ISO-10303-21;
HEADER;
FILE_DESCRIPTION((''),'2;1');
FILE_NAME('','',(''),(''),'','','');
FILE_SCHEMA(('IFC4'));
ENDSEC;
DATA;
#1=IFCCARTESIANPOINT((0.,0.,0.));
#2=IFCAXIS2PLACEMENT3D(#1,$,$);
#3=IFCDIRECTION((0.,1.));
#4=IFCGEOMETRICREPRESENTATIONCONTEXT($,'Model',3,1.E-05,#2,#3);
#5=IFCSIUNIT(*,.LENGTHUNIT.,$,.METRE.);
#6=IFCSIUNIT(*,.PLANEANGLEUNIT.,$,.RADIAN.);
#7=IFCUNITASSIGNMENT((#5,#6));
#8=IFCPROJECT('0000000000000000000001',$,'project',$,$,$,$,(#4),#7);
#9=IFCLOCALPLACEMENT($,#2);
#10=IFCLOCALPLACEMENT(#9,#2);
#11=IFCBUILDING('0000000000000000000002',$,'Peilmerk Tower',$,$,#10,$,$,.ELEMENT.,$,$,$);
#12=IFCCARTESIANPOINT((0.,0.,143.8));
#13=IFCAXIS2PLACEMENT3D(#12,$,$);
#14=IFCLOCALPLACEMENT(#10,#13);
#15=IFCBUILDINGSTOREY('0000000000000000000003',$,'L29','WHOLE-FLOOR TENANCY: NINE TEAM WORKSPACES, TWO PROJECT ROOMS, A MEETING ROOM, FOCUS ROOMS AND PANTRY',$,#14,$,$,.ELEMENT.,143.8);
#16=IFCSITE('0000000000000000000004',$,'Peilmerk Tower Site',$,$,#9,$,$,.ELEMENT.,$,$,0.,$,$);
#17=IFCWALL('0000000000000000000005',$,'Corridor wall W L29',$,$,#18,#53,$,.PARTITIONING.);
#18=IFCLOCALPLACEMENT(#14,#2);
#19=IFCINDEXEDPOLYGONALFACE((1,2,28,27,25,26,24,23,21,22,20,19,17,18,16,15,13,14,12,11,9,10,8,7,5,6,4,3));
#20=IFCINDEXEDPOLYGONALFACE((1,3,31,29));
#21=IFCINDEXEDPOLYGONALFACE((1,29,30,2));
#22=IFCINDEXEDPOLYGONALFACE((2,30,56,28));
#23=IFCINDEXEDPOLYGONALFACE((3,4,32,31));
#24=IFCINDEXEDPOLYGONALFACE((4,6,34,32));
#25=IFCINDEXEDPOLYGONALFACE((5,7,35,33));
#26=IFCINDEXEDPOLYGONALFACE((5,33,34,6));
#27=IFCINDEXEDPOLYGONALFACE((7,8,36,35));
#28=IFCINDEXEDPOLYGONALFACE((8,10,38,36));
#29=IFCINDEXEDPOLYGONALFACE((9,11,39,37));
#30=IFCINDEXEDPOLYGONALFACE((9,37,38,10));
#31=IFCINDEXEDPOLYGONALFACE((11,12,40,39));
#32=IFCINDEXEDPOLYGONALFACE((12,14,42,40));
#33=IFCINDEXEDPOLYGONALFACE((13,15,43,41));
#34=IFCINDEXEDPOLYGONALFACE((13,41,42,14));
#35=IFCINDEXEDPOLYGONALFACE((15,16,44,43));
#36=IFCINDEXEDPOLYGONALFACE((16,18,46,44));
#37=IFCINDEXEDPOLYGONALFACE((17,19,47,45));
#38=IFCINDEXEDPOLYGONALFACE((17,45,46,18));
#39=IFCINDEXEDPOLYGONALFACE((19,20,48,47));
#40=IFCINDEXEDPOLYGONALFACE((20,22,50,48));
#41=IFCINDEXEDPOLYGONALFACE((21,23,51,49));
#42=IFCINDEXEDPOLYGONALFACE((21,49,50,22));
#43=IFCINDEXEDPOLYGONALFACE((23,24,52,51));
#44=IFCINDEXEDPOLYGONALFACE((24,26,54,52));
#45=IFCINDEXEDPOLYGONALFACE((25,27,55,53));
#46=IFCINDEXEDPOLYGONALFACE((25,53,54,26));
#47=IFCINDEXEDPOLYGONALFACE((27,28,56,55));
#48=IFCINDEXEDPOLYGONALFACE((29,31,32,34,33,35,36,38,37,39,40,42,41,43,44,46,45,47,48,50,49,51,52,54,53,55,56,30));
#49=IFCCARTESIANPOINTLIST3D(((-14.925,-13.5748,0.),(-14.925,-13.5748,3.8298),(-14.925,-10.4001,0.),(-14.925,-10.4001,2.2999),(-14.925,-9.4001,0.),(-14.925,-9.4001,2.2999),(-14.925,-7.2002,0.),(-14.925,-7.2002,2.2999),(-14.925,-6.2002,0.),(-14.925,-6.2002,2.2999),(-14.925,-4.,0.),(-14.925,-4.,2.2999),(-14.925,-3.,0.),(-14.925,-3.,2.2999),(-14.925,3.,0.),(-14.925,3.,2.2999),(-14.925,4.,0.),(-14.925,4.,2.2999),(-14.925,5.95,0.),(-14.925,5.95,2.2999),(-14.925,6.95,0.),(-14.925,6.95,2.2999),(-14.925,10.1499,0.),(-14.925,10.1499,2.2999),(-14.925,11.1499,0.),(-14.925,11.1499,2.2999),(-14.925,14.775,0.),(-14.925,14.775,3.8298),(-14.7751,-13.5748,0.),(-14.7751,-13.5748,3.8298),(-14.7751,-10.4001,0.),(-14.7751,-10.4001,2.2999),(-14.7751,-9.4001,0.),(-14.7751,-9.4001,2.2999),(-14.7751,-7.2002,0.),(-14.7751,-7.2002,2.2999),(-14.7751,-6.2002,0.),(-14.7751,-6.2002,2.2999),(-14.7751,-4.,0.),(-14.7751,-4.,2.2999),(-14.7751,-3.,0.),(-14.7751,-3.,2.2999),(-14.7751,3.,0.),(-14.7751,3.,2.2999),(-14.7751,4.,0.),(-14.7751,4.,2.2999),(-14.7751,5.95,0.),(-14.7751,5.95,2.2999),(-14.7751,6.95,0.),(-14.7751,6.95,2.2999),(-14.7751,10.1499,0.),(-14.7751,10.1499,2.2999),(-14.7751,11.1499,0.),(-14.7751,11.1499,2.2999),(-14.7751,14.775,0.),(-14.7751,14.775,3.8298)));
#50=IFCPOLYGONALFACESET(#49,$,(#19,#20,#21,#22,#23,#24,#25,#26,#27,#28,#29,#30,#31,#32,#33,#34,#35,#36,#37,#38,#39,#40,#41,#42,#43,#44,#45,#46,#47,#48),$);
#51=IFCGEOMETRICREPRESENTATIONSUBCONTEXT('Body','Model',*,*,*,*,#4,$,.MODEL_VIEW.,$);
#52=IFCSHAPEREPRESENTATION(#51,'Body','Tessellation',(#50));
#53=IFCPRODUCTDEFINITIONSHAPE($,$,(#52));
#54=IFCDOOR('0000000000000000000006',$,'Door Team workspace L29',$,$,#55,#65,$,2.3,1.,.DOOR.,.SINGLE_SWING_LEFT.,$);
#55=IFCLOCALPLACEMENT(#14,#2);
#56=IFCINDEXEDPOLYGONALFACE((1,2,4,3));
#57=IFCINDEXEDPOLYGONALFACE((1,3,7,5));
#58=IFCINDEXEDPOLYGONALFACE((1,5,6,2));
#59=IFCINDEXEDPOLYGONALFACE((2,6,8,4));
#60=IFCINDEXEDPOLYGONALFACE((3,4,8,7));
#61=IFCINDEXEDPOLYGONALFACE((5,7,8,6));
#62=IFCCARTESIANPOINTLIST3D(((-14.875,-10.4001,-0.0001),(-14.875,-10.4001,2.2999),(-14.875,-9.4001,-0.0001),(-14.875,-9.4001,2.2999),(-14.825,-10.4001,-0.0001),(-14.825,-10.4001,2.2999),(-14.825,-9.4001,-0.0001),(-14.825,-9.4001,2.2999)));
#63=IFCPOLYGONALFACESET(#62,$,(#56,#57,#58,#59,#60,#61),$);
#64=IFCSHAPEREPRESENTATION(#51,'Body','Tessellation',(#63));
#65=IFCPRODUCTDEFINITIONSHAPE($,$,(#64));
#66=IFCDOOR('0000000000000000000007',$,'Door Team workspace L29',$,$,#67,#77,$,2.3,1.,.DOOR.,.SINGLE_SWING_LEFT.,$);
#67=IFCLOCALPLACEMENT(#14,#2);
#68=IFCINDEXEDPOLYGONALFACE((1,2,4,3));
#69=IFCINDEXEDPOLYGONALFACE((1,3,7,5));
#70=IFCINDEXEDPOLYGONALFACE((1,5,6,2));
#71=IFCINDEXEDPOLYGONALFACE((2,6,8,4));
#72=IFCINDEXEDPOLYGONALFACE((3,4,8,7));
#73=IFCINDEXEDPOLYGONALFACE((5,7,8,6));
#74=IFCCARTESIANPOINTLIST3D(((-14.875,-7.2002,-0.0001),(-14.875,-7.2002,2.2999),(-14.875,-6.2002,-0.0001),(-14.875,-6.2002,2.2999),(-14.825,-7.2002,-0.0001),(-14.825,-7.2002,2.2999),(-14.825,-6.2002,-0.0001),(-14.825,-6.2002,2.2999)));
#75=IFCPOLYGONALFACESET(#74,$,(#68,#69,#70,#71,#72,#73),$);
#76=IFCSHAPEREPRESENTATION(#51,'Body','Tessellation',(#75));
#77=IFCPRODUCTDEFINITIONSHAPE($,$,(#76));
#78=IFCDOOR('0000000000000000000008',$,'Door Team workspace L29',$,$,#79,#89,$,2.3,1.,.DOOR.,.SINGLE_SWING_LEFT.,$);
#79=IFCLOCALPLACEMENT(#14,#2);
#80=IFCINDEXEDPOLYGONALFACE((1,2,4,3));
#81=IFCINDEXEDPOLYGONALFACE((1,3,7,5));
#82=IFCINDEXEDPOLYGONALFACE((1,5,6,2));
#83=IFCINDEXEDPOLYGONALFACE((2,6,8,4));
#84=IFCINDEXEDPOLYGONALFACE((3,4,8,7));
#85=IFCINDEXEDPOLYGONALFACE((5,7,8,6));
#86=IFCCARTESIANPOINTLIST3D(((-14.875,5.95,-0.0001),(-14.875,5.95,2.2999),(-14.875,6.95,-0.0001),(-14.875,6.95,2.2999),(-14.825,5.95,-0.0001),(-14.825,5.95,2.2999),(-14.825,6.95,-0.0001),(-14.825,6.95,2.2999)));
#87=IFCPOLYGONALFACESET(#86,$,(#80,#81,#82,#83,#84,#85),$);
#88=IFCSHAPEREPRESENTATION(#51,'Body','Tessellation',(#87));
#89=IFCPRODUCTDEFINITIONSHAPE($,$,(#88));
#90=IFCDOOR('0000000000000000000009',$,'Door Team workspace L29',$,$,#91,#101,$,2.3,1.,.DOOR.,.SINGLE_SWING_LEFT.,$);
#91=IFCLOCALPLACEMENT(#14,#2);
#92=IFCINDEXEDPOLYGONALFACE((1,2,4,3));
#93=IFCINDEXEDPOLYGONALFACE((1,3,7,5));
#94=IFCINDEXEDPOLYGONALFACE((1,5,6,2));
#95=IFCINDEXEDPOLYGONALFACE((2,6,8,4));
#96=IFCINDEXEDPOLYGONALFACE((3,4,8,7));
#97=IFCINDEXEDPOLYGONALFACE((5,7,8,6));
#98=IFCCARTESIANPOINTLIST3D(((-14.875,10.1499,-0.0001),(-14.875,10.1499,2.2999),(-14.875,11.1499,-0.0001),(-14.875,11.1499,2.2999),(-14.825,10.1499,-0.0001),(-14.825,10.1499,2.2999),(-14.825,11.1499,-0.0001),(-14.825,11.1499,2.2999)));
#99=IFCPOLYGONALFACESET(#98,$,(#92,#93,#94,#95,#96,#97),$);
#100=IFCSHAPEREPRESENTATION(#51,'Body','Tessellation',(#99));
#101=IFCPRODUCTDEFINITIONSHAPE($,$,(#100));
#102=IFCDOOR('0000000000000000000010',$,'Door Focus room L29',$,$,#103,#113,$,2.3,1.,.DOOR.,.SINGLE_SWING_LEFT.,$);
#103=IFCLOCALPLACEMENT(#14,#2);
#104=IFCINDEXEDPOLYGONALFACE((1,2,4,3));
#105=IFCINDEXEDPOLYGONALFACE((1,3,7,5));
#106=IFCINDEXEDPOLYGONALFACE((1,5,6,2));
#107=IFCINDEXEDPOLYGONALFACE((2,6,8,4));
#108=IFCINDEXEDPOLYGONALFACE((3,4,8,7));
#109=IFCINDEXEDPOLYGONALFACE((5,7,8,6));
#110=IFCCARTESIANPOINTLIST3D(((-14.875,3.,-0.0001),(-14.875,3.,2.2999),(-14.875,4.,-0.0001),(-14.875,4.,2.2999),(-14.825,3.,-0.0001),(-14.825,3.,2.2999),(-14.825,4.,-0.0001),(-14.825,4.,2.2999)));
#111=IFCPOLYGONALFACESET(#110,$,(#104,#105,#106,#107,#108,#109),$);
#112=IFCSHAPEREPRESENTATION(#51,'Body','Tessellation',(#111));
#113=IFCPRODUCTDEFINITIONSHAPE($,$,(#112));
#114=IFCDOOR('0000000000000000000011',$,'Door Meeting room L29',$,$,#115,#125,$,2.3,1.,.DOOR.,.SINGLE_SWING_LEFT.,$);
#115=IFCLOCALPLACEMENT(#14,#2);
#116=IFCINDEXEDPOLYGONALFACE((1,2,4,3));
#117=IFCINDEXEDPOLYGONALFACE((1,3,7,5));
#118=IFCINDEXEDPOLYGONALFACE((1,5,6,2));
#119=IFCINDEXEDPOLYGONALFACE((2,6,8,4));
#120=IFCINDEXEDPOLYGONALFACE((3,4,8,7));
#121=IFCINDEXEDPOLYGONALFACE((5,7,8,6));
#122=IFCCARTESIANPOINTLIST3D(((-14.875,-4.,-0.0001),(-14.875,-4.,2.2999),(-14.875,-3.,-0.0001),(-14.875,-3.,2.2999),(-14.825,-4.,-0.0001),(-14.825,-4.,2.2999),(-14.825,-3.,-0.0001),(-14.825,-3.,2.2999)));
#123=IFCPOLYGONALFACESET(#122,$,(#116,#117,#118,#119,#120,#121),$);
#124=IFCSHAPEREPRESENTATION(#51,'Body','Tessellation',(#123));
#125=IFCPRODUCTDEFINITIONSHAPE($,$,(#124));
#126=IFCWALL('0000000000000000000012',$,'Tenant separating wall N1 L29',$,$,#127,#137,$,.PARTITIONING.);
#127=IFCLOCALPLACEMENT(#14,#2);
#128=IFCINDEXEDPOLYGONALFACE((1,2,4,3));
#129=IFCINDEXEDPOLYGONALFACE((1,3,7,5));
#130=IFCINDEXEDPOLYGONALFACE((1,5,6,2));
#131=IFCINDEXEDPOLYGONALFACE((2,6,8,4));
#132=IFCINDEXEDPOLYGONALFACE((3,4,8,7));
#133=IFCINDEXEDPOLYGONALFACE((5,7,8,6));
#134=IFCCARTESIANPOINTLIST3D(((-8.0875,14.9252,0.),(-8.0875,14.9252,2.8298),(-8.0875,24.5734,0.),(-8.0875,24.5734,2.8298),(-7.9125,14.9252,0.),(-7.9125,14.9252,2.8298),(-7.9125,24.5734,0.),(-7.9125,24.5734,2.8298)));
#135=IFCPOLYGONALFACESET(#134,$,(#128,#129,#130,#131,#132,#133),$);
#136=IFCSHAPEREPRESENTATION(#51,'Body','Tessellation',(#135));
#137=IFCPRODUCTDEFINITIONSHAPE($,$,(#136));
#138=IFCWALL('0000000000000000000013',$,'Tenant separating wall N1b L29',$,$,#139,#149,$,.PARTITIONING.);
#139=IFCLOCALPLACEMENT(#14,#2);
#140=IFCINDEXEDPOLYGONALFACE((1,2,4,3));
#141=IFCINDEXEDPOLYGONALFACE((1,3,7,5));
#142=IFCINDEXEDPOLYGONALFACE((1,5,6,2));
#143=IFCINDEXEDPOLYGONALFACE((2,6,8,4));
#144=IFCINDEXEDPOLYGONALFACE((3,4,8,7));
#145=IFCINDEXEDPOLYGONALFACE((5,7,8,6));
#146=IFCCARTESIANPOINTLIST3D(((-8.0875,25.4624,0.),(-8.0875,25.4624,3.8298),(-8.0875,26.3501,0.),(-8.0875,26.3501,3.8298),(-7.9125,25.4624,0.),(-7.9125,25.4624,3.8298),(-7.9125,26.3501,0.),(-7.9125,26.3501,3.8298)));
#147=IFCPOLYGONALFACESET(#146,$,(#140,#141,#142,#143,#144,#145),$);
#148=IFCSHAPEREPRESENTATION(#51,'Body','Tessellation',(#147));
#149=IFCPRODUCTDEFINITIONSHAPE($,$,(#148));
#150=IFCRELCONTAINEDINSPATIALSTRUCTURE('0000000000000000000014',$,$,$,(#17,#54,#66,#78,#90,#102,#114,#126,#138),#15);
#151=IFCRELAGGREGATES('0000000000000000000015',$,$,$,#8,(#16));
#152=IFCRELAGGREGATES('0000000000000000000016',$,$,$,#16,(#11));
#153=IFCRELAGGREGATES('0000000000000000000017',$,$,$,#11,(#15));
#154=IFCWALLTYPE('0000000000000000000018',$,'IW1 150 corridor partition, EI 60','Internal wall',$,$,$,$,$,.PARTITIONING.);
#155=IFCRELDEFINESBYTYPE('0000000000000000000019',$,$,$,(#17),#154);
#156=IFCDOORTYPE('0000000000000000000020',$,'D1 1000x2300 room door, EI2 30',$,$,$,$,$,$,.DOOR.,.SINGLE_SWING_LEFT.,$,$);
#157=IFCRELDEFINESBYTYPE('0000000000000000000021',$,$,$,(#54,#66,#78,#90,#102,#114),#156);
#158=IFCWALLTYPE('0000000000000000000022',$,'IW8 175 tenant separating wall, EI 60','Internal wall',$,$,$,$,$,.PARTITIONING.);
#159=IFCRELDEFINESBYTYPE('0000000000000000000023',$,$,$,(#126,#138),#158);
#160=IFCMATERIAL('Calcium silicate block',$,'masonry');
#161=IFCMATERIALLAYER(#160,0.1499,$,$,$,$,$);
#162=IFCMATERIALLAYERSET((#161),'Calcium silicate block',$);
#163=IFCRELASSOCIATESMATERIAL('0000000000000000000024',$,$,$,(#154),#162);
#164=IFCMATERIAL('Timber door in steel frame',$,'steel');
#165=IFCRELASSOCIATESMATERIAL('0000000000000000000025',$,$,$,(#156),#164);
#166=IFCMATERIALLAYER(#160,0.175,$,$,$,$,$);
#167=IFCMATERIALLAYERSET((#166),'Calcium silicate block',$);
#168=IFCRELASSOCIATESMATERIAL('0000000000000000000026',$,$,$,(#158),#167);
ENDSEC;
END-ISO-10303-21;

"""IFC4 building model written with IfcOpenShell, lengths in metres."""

from ifc_helpers import new_model, si_unit, direction, frame, frame_2d, origin, place, context, subcontext, project, spatial, rectangle, extrude, material, layer, layer_set, type_object, element, fill, save


model = new_model("IFC4")

# Units and contexts
model_context = context("Model", 3, precision=1e-05, world=origin(), true_north=direction((0.0, 1.0)))
body_context = subcontext(model_context, "Body", "Model", "MODEL_VIEW")
ifc_project = project(units=[si_unit("LENGTHUNIT", "METRE"), si_unit("PLANEANGLEUNIT", "RADIAN")], contexts=[model_context])

# Site, building, storey
site_placement = place(None, origin())
site = spatial("IfcSite", under=ifc_project, at=site_placement, Name="Peilmerk Tower Site", CompositionType="ELEMENT", RefElevation=0.0)
building_placement = place(site_placement, origin())
building = spatial("IfcBuilding", under=site, at=building_placement, Name="Peilmerk Tower", CompositionType="ELEMENT")
storey_placement = place(building_placement, frame((0.0, 0.0, 143.8)))
storey = spatial("IfcBuildingStorey", under=building, at=storey_placement, Name="L29", Description="WHOLE-FLOOR TENANCY: NINE TEAM WORKSPACES, TWO PROJECT ROOMS, A MEETING ROOM, FOCUS ROOMS AND PANTRY", CompositionType="ELEMENT", Elevation=143.8)

# Wall, openings, doors
ifc_material_1 = material(Name="Calcium silicate block", Category="masonry")
ifc_layer_1 = layer(ifc_material_1, 0.1499)
ifc_layer_set_1 = layer_set([ifc_layer_1], Name="Calcium silicate block")
wall_type_1 = type_object("IfcWallType", Name="IW1 150 corridor partition, EI 60", Description="Internal wall", PredefinedType="PARTITIONING", material=ifc_layer_set_1)
ifc_material_2 = material(Name="Timber door in steel frame", Category="steel")
door_type = type_object("IfcDoorType", Name="D1 1000x2300 room door, EI2 30", OperationType="SINGLE_SWING_LEFT", PredefinedType="DOOR", material=ifc_material_2)
wall_1_placement = place(storey_placement, frame((-14.8501, 14.7749, 0.0), z_axis=(0.0, 0.0, 1.0), x_axis=(0.0, -1.0, 0.0)))
wall_1 = element("IfcWall", 1, at=wall_1_placement, inside=storey, type_object=wall_type_1, Name="Corridor wall W L29", PredefinedType="PARTITIONING", context=body_context, shape_type="SweptSolid", body=[
    extrude(rectangle(XDim=28.3499, YDim=0.1499, at=frame_2d((14.1748, 0.0))), origin(), (0.0, 0.0, 1.0), 3.8298),
])
opening_1_placement = place(wall_1_placement, frame((24.175, 0.0, 0.0)))
opening_1 = element("IfcOpeningElement", 2, at=opening_1_placement, cuts=wall_1, PredefinedType="OPENING", context=body_context, shape_type="SweptSolid", body=[
    extrude(rectangle(XDim=1.0, YDim=2.3, at=frame_2d((0.5, 1.1499))), frame((0.0, 0.085, 0.0), z_axis=(0.0, -1.0, 0.0), x_axis=(1.0, 0.0, 0.0)), (0.0, 0.0, 1.0), 0.1699),
])
opening_2_placement = place(wall_1_placement, frame((20.9751, 0.0, 0.0)))
opening_2 = element("IfcOpeningElement", 3, at=opening_2_placement, cuts=wall_1, PredefinedType="OPENING", context=body_context, shape_type="SweptSolid", body=[
    extrude(rectangle(XDim=1.0, YDim=2.3, at=frame_2d((0.5, 1.1499))), frame((0.0, 0.085, 0.0), z_axis=(0.0, -1.0, 0.0), x_axis=(1.0, 0.0, 0.0)), (0.0, 0.0, 1.0), 0.1699),
])
opening_3_placement = place(wall_1_placement, frame((7.825, 0.0, 0.0)))
opening_3 = element("IfcOpeningElement", 4, at=opening_3_placement, cuts=wall_1, PredefinedType="OPENING", context=body_context, shape_type="SweptSolid", body=[
    extrude(rectangle(XDim=1.0, YDim=2.3, at=frame_2d((0.5, 1.1499))), frame((0.0, 0.085, 0.0), z_axis=(0.0, -1.0, 0.0), x_axis=(1.0, 0.0, 0.0)), (0.0, 0.0, 1.0), 0.1699),
])
opening_4_placement = place(wall_1_placement, frame((3.625, 0.0, 0.0)))
opening_4 = element("IfcOpeningElement", 5, at=opening_4_placement, cuts=wall_1, PredefinedType="OPENING", context=body_context, shape_type="SweptSolid", body=[
    extrude(rectangle(XDim=1.0, YDim=2.3, at=frame_2d((0.5, 1.1499))), frame((0.0, 0.085, 0.0), z_axis=(0.0, -1.0, 0.0), x_axis=(1.0, 0.0, 0.0)), (0.0, 0.0, 1.0), 0.1699),
])
opening_5_placement = place(wall_1_placement, frame((10.7749, 0.0, 0.0)))
opening_5 = element("IfcOpeningElement", 6, at=opening_5_placement, cuts=wall_1, PredefinedType="OPENING", context=body_context, shape_type="SweptSolid", body=[
    extrude(rectangle(XDim=1.0, YDim=2.3, at=frame_2d((0.5, 1.1499))), frame((0.0, 0.085, 0.0), z_axis=(0.0, -1.0, 0.0), x_axis=(1.0, 0.0, 0.0)), (0.0, 0.0, 1.0), 0.1699),
])
opening_6_placement = place(wall_1_placement, frame((17.7749, 0.0, 0.0)))
opening_6 = element("IfcOpeningElement", 7, at=opening_6_placement, cuts=wall_1, PredefinedType="OPENING", context=body_context, shape_type="SweptSolid", body=[
    extrude(rectangle(XDim=1.0, YDim=2.3, at=frame_2d((0.5, 1.1499))), frame((0.0, 0.085, 0.0), z_axis=(0.0, -1.0, 0.0), x_axis=(1.0, 0.0, 0.0)), (0.0, 0.0, 1.0), 0.1699),
])
door_1_placement = place(opening_1_placement, frame((1.0, 0.0, 0.0), z_axis=(0.0, 0.0, 1.0), x_axis=(-1.0, 0.0, 0.0)))
door_1 = element("IfcDoor", 8, at=door_1_placement, inside=storey, type_object=door_type, Name="Door Team workspace L29", OperationType="SINGLE_SWING_LEFT", OverallHeight=2.3, OverallWidth=1.0, PredefinedType="DOOR", context=body_context, shape_type="SweptSolid", body=[
    extrude(rectangle(XDim=1.0, YDim=2.3, at=frame_2d((0.5, 1.1499))), frame((0.0, 0.0249, 0.0), z_axis=(0.0, -1.0, 0.0), x_axis=(1.0, 0.0, 0.0)), (0.0, 0.0, 1.0), 0.05),
])
fill(opening_1, door_1)
door_2_placement = place(opening_2_placement, frame((1.0, 0.0, 0.0), z_axis=(0.0, 0.0, 1.0), x_axis=(-1.0, 0.0, 0.0)))
door_2 = element("IfcDoor", 9, at=door_2_placement, inside=storey, type_object=door_type, Name="Door Team workspace L29", OperationType="SINGLE_SWING_LEFT", OverallHeight=2.3, OverallWidth=1.0, PredefinedType="DOOR", context=body_context, shape_type="SweptSolid", body=[
    extrude(rectangle(XDim=1.0, YDim=2.3, at=frame_2d((0.5, 1.1499))), frame((0.0, 0.0249, 0.0), z_axis=(0.0, -1.0, 0.0), x_axis=(1.0, 0.0, 0.0)), (0.0, 0.0, 1.0), 0.05),
])
fill(opening_2, door_2)
door_3_placement = place(opening_3_placement, frame((1.0, 0.0, 0.0), z_axis=(0.0, 0.0, 1.0), x_axis=(-1.0, 0.0, 0.0)))
door_3 = element("IfcDoor", 10, at=door_3_placement, inside=storey, type_object=door_type, Name="Door Team workspace L29", OperationType="SINGLE_SWING_LEFT", OverallHeight=2.3, OverallWidth=1.0, PredefinedType="DOOR", context=body_context, shape_type="SweptSolid", body=[
    extrude(rectangle(XDim=1.0, YDim=2.3, at=frame_2d((0.5, 1.1499))), frame((0.0, 0.0249, 0.0), z_axis=(0.0, -1.0, 0.0), x_axis=(1.0, 0.0, 0.0)), (0.0, 0.0, 1.0), 0.05),
])
fill(opening_3, door_3)
door_4_placement = place(opening_4_placement, frame((1.0, 0.0, 0.0), z_axis=(0.0, 0.0, 1.0), x_axis=(-1.0, 0.0, 0.0)))
door_4 = element("IfcDoor", 11, at=door_4_placement, inside=storey, type_object=door_type, Name="Door Team workspace L29", OperationType="SINGLE_SWING_LEFT", OverallHeight=2.3, OverallWidth=1.0, PredefinedType="DOOR", context=body_context, shape_type="SweptSolid", body=[
    extrude(rectangle(XDim=1.0, YDim=2.3, at=frame_2d((0.5, 1.1499))), frame((0.0, 0.0249, 0.0), z_axis=(0.0, -1.0, 0.0), x_axis=(1.0, 0.0, 0.0)), (0.0, 0.0, 1.0), 0.05),
])
fill(opening_4, door_4)
door_5_placement = place(opening_5_placement, frame((1.0, 0.0, 0.0), z_axis=(0.0, 0.0, 1.0), x_axis=(-1.0, 0.0, 0.0)))
door_5 = element("IfcDoor", 12, at=door_5_placement, inside=storey, type_object=door_type, Name="Door Focus room L29", OperationType="SINGLE_SWING_LEFT", OverallHeight=2.3, OverallWidth=1.0, PredefinedType="DOOR", context=body_context, shape_type="SweptSolid", body=[
    extrude(rectangle(XDim=1.0, YDim=2.3, at=frame_2d((0.5, 1.1499))), frame((0.0, 0.0249, 0.0), z_axis=(0.0, -1.0, 0.0), x_axis=(1.0, 0.0, 0.0)), (0.0, 0.0, 1.0), 0.05),
])
fill(opening_5, door_5)
door_6_placement = place(opening_6_placement, frame((1.0, 0.0, 0.0), z_axis=(0.0, 0.0, 1.0), x_axis=(-1.0, 0.0, 0.0)))
door_6 = element("IfcDoor", 13, at=door_6_placement, inside=storey, type_object=door_type, Name="Door Meeting room L29", OperationType="SINGLE_SWING_LEFT", OverallHeight=2.3, OverallWidth=1.0, PredefinedType="DOOR", context=body_context, shape_type="SweptSolid", body=[
    extrude(rectangle(XDim=1.0, YDim=2.3, at=frame_2d((0.5, 1.1499))), frame((0.0, 0.0249, 0.0), z_axis=(0.0, -1.0, 0.0), x_axis=(1.0, 0.0, 0.0)), (0.0, 0.0, 1.0), 0.05),
])
fill(opening_6, door_6)

# Walls
ifc_layer_2 = layer(ifc_material_1, 0.175)
ifc_layer_set_2 = layer_set([ifc_layer_2], Name="Calcium silicate block")
wall_type_2 = type_object("IfcWallType", Name="IW8 175 tenant separating wall, EI 60", Description="Internal wall", PredefinedType="PARTITIONING", material=ifc_layer_set_2)
wall_2_placement = place(storey_placement, frame((-8.0, 14.925, 0.0), z_axis=(0.0, 0.0, 1.0), x_axis=(0.0, 1.0, 0.0)))
element("IfcWall", 14, at=wall_2_placement, inside=storey, type_object=wall_type_2, Name="Tenant separating wall N1 L29", PredefinedType="PARTITIONING", context=body_context, shape_type="SweptSolid", body=[
    extrude(rectangle(XDim=9.6482, YDim=0.175, at=frame_2d((4.8242, 0.0))), origin(), (0.0, 0.0, 1.0), 2.8298),
])
wall_3_placement = place(storey_placement, frame((-8.0, 25.4624, 0.0), z_axis=(0.0, 0.0, 1.0), x_axis=(0.0, 1.0, 0.0)))
element("IfcWall", 15, at=wall_3_placement, inside=storey, type_object=wall_type_2, Name="Tenant separating wall N1b L29", PredefinedType="PARTITIONING", context=body_context, shape_type="SweptSolid", body=[
    extrude(rectangle(XDim=0.8877, YDim=0.175, at=frame_2d((0.4438, 0.0))), origin(), (0.0, 0.0, 1.0), 3.8298),
])

save(model, "model.ifc")
